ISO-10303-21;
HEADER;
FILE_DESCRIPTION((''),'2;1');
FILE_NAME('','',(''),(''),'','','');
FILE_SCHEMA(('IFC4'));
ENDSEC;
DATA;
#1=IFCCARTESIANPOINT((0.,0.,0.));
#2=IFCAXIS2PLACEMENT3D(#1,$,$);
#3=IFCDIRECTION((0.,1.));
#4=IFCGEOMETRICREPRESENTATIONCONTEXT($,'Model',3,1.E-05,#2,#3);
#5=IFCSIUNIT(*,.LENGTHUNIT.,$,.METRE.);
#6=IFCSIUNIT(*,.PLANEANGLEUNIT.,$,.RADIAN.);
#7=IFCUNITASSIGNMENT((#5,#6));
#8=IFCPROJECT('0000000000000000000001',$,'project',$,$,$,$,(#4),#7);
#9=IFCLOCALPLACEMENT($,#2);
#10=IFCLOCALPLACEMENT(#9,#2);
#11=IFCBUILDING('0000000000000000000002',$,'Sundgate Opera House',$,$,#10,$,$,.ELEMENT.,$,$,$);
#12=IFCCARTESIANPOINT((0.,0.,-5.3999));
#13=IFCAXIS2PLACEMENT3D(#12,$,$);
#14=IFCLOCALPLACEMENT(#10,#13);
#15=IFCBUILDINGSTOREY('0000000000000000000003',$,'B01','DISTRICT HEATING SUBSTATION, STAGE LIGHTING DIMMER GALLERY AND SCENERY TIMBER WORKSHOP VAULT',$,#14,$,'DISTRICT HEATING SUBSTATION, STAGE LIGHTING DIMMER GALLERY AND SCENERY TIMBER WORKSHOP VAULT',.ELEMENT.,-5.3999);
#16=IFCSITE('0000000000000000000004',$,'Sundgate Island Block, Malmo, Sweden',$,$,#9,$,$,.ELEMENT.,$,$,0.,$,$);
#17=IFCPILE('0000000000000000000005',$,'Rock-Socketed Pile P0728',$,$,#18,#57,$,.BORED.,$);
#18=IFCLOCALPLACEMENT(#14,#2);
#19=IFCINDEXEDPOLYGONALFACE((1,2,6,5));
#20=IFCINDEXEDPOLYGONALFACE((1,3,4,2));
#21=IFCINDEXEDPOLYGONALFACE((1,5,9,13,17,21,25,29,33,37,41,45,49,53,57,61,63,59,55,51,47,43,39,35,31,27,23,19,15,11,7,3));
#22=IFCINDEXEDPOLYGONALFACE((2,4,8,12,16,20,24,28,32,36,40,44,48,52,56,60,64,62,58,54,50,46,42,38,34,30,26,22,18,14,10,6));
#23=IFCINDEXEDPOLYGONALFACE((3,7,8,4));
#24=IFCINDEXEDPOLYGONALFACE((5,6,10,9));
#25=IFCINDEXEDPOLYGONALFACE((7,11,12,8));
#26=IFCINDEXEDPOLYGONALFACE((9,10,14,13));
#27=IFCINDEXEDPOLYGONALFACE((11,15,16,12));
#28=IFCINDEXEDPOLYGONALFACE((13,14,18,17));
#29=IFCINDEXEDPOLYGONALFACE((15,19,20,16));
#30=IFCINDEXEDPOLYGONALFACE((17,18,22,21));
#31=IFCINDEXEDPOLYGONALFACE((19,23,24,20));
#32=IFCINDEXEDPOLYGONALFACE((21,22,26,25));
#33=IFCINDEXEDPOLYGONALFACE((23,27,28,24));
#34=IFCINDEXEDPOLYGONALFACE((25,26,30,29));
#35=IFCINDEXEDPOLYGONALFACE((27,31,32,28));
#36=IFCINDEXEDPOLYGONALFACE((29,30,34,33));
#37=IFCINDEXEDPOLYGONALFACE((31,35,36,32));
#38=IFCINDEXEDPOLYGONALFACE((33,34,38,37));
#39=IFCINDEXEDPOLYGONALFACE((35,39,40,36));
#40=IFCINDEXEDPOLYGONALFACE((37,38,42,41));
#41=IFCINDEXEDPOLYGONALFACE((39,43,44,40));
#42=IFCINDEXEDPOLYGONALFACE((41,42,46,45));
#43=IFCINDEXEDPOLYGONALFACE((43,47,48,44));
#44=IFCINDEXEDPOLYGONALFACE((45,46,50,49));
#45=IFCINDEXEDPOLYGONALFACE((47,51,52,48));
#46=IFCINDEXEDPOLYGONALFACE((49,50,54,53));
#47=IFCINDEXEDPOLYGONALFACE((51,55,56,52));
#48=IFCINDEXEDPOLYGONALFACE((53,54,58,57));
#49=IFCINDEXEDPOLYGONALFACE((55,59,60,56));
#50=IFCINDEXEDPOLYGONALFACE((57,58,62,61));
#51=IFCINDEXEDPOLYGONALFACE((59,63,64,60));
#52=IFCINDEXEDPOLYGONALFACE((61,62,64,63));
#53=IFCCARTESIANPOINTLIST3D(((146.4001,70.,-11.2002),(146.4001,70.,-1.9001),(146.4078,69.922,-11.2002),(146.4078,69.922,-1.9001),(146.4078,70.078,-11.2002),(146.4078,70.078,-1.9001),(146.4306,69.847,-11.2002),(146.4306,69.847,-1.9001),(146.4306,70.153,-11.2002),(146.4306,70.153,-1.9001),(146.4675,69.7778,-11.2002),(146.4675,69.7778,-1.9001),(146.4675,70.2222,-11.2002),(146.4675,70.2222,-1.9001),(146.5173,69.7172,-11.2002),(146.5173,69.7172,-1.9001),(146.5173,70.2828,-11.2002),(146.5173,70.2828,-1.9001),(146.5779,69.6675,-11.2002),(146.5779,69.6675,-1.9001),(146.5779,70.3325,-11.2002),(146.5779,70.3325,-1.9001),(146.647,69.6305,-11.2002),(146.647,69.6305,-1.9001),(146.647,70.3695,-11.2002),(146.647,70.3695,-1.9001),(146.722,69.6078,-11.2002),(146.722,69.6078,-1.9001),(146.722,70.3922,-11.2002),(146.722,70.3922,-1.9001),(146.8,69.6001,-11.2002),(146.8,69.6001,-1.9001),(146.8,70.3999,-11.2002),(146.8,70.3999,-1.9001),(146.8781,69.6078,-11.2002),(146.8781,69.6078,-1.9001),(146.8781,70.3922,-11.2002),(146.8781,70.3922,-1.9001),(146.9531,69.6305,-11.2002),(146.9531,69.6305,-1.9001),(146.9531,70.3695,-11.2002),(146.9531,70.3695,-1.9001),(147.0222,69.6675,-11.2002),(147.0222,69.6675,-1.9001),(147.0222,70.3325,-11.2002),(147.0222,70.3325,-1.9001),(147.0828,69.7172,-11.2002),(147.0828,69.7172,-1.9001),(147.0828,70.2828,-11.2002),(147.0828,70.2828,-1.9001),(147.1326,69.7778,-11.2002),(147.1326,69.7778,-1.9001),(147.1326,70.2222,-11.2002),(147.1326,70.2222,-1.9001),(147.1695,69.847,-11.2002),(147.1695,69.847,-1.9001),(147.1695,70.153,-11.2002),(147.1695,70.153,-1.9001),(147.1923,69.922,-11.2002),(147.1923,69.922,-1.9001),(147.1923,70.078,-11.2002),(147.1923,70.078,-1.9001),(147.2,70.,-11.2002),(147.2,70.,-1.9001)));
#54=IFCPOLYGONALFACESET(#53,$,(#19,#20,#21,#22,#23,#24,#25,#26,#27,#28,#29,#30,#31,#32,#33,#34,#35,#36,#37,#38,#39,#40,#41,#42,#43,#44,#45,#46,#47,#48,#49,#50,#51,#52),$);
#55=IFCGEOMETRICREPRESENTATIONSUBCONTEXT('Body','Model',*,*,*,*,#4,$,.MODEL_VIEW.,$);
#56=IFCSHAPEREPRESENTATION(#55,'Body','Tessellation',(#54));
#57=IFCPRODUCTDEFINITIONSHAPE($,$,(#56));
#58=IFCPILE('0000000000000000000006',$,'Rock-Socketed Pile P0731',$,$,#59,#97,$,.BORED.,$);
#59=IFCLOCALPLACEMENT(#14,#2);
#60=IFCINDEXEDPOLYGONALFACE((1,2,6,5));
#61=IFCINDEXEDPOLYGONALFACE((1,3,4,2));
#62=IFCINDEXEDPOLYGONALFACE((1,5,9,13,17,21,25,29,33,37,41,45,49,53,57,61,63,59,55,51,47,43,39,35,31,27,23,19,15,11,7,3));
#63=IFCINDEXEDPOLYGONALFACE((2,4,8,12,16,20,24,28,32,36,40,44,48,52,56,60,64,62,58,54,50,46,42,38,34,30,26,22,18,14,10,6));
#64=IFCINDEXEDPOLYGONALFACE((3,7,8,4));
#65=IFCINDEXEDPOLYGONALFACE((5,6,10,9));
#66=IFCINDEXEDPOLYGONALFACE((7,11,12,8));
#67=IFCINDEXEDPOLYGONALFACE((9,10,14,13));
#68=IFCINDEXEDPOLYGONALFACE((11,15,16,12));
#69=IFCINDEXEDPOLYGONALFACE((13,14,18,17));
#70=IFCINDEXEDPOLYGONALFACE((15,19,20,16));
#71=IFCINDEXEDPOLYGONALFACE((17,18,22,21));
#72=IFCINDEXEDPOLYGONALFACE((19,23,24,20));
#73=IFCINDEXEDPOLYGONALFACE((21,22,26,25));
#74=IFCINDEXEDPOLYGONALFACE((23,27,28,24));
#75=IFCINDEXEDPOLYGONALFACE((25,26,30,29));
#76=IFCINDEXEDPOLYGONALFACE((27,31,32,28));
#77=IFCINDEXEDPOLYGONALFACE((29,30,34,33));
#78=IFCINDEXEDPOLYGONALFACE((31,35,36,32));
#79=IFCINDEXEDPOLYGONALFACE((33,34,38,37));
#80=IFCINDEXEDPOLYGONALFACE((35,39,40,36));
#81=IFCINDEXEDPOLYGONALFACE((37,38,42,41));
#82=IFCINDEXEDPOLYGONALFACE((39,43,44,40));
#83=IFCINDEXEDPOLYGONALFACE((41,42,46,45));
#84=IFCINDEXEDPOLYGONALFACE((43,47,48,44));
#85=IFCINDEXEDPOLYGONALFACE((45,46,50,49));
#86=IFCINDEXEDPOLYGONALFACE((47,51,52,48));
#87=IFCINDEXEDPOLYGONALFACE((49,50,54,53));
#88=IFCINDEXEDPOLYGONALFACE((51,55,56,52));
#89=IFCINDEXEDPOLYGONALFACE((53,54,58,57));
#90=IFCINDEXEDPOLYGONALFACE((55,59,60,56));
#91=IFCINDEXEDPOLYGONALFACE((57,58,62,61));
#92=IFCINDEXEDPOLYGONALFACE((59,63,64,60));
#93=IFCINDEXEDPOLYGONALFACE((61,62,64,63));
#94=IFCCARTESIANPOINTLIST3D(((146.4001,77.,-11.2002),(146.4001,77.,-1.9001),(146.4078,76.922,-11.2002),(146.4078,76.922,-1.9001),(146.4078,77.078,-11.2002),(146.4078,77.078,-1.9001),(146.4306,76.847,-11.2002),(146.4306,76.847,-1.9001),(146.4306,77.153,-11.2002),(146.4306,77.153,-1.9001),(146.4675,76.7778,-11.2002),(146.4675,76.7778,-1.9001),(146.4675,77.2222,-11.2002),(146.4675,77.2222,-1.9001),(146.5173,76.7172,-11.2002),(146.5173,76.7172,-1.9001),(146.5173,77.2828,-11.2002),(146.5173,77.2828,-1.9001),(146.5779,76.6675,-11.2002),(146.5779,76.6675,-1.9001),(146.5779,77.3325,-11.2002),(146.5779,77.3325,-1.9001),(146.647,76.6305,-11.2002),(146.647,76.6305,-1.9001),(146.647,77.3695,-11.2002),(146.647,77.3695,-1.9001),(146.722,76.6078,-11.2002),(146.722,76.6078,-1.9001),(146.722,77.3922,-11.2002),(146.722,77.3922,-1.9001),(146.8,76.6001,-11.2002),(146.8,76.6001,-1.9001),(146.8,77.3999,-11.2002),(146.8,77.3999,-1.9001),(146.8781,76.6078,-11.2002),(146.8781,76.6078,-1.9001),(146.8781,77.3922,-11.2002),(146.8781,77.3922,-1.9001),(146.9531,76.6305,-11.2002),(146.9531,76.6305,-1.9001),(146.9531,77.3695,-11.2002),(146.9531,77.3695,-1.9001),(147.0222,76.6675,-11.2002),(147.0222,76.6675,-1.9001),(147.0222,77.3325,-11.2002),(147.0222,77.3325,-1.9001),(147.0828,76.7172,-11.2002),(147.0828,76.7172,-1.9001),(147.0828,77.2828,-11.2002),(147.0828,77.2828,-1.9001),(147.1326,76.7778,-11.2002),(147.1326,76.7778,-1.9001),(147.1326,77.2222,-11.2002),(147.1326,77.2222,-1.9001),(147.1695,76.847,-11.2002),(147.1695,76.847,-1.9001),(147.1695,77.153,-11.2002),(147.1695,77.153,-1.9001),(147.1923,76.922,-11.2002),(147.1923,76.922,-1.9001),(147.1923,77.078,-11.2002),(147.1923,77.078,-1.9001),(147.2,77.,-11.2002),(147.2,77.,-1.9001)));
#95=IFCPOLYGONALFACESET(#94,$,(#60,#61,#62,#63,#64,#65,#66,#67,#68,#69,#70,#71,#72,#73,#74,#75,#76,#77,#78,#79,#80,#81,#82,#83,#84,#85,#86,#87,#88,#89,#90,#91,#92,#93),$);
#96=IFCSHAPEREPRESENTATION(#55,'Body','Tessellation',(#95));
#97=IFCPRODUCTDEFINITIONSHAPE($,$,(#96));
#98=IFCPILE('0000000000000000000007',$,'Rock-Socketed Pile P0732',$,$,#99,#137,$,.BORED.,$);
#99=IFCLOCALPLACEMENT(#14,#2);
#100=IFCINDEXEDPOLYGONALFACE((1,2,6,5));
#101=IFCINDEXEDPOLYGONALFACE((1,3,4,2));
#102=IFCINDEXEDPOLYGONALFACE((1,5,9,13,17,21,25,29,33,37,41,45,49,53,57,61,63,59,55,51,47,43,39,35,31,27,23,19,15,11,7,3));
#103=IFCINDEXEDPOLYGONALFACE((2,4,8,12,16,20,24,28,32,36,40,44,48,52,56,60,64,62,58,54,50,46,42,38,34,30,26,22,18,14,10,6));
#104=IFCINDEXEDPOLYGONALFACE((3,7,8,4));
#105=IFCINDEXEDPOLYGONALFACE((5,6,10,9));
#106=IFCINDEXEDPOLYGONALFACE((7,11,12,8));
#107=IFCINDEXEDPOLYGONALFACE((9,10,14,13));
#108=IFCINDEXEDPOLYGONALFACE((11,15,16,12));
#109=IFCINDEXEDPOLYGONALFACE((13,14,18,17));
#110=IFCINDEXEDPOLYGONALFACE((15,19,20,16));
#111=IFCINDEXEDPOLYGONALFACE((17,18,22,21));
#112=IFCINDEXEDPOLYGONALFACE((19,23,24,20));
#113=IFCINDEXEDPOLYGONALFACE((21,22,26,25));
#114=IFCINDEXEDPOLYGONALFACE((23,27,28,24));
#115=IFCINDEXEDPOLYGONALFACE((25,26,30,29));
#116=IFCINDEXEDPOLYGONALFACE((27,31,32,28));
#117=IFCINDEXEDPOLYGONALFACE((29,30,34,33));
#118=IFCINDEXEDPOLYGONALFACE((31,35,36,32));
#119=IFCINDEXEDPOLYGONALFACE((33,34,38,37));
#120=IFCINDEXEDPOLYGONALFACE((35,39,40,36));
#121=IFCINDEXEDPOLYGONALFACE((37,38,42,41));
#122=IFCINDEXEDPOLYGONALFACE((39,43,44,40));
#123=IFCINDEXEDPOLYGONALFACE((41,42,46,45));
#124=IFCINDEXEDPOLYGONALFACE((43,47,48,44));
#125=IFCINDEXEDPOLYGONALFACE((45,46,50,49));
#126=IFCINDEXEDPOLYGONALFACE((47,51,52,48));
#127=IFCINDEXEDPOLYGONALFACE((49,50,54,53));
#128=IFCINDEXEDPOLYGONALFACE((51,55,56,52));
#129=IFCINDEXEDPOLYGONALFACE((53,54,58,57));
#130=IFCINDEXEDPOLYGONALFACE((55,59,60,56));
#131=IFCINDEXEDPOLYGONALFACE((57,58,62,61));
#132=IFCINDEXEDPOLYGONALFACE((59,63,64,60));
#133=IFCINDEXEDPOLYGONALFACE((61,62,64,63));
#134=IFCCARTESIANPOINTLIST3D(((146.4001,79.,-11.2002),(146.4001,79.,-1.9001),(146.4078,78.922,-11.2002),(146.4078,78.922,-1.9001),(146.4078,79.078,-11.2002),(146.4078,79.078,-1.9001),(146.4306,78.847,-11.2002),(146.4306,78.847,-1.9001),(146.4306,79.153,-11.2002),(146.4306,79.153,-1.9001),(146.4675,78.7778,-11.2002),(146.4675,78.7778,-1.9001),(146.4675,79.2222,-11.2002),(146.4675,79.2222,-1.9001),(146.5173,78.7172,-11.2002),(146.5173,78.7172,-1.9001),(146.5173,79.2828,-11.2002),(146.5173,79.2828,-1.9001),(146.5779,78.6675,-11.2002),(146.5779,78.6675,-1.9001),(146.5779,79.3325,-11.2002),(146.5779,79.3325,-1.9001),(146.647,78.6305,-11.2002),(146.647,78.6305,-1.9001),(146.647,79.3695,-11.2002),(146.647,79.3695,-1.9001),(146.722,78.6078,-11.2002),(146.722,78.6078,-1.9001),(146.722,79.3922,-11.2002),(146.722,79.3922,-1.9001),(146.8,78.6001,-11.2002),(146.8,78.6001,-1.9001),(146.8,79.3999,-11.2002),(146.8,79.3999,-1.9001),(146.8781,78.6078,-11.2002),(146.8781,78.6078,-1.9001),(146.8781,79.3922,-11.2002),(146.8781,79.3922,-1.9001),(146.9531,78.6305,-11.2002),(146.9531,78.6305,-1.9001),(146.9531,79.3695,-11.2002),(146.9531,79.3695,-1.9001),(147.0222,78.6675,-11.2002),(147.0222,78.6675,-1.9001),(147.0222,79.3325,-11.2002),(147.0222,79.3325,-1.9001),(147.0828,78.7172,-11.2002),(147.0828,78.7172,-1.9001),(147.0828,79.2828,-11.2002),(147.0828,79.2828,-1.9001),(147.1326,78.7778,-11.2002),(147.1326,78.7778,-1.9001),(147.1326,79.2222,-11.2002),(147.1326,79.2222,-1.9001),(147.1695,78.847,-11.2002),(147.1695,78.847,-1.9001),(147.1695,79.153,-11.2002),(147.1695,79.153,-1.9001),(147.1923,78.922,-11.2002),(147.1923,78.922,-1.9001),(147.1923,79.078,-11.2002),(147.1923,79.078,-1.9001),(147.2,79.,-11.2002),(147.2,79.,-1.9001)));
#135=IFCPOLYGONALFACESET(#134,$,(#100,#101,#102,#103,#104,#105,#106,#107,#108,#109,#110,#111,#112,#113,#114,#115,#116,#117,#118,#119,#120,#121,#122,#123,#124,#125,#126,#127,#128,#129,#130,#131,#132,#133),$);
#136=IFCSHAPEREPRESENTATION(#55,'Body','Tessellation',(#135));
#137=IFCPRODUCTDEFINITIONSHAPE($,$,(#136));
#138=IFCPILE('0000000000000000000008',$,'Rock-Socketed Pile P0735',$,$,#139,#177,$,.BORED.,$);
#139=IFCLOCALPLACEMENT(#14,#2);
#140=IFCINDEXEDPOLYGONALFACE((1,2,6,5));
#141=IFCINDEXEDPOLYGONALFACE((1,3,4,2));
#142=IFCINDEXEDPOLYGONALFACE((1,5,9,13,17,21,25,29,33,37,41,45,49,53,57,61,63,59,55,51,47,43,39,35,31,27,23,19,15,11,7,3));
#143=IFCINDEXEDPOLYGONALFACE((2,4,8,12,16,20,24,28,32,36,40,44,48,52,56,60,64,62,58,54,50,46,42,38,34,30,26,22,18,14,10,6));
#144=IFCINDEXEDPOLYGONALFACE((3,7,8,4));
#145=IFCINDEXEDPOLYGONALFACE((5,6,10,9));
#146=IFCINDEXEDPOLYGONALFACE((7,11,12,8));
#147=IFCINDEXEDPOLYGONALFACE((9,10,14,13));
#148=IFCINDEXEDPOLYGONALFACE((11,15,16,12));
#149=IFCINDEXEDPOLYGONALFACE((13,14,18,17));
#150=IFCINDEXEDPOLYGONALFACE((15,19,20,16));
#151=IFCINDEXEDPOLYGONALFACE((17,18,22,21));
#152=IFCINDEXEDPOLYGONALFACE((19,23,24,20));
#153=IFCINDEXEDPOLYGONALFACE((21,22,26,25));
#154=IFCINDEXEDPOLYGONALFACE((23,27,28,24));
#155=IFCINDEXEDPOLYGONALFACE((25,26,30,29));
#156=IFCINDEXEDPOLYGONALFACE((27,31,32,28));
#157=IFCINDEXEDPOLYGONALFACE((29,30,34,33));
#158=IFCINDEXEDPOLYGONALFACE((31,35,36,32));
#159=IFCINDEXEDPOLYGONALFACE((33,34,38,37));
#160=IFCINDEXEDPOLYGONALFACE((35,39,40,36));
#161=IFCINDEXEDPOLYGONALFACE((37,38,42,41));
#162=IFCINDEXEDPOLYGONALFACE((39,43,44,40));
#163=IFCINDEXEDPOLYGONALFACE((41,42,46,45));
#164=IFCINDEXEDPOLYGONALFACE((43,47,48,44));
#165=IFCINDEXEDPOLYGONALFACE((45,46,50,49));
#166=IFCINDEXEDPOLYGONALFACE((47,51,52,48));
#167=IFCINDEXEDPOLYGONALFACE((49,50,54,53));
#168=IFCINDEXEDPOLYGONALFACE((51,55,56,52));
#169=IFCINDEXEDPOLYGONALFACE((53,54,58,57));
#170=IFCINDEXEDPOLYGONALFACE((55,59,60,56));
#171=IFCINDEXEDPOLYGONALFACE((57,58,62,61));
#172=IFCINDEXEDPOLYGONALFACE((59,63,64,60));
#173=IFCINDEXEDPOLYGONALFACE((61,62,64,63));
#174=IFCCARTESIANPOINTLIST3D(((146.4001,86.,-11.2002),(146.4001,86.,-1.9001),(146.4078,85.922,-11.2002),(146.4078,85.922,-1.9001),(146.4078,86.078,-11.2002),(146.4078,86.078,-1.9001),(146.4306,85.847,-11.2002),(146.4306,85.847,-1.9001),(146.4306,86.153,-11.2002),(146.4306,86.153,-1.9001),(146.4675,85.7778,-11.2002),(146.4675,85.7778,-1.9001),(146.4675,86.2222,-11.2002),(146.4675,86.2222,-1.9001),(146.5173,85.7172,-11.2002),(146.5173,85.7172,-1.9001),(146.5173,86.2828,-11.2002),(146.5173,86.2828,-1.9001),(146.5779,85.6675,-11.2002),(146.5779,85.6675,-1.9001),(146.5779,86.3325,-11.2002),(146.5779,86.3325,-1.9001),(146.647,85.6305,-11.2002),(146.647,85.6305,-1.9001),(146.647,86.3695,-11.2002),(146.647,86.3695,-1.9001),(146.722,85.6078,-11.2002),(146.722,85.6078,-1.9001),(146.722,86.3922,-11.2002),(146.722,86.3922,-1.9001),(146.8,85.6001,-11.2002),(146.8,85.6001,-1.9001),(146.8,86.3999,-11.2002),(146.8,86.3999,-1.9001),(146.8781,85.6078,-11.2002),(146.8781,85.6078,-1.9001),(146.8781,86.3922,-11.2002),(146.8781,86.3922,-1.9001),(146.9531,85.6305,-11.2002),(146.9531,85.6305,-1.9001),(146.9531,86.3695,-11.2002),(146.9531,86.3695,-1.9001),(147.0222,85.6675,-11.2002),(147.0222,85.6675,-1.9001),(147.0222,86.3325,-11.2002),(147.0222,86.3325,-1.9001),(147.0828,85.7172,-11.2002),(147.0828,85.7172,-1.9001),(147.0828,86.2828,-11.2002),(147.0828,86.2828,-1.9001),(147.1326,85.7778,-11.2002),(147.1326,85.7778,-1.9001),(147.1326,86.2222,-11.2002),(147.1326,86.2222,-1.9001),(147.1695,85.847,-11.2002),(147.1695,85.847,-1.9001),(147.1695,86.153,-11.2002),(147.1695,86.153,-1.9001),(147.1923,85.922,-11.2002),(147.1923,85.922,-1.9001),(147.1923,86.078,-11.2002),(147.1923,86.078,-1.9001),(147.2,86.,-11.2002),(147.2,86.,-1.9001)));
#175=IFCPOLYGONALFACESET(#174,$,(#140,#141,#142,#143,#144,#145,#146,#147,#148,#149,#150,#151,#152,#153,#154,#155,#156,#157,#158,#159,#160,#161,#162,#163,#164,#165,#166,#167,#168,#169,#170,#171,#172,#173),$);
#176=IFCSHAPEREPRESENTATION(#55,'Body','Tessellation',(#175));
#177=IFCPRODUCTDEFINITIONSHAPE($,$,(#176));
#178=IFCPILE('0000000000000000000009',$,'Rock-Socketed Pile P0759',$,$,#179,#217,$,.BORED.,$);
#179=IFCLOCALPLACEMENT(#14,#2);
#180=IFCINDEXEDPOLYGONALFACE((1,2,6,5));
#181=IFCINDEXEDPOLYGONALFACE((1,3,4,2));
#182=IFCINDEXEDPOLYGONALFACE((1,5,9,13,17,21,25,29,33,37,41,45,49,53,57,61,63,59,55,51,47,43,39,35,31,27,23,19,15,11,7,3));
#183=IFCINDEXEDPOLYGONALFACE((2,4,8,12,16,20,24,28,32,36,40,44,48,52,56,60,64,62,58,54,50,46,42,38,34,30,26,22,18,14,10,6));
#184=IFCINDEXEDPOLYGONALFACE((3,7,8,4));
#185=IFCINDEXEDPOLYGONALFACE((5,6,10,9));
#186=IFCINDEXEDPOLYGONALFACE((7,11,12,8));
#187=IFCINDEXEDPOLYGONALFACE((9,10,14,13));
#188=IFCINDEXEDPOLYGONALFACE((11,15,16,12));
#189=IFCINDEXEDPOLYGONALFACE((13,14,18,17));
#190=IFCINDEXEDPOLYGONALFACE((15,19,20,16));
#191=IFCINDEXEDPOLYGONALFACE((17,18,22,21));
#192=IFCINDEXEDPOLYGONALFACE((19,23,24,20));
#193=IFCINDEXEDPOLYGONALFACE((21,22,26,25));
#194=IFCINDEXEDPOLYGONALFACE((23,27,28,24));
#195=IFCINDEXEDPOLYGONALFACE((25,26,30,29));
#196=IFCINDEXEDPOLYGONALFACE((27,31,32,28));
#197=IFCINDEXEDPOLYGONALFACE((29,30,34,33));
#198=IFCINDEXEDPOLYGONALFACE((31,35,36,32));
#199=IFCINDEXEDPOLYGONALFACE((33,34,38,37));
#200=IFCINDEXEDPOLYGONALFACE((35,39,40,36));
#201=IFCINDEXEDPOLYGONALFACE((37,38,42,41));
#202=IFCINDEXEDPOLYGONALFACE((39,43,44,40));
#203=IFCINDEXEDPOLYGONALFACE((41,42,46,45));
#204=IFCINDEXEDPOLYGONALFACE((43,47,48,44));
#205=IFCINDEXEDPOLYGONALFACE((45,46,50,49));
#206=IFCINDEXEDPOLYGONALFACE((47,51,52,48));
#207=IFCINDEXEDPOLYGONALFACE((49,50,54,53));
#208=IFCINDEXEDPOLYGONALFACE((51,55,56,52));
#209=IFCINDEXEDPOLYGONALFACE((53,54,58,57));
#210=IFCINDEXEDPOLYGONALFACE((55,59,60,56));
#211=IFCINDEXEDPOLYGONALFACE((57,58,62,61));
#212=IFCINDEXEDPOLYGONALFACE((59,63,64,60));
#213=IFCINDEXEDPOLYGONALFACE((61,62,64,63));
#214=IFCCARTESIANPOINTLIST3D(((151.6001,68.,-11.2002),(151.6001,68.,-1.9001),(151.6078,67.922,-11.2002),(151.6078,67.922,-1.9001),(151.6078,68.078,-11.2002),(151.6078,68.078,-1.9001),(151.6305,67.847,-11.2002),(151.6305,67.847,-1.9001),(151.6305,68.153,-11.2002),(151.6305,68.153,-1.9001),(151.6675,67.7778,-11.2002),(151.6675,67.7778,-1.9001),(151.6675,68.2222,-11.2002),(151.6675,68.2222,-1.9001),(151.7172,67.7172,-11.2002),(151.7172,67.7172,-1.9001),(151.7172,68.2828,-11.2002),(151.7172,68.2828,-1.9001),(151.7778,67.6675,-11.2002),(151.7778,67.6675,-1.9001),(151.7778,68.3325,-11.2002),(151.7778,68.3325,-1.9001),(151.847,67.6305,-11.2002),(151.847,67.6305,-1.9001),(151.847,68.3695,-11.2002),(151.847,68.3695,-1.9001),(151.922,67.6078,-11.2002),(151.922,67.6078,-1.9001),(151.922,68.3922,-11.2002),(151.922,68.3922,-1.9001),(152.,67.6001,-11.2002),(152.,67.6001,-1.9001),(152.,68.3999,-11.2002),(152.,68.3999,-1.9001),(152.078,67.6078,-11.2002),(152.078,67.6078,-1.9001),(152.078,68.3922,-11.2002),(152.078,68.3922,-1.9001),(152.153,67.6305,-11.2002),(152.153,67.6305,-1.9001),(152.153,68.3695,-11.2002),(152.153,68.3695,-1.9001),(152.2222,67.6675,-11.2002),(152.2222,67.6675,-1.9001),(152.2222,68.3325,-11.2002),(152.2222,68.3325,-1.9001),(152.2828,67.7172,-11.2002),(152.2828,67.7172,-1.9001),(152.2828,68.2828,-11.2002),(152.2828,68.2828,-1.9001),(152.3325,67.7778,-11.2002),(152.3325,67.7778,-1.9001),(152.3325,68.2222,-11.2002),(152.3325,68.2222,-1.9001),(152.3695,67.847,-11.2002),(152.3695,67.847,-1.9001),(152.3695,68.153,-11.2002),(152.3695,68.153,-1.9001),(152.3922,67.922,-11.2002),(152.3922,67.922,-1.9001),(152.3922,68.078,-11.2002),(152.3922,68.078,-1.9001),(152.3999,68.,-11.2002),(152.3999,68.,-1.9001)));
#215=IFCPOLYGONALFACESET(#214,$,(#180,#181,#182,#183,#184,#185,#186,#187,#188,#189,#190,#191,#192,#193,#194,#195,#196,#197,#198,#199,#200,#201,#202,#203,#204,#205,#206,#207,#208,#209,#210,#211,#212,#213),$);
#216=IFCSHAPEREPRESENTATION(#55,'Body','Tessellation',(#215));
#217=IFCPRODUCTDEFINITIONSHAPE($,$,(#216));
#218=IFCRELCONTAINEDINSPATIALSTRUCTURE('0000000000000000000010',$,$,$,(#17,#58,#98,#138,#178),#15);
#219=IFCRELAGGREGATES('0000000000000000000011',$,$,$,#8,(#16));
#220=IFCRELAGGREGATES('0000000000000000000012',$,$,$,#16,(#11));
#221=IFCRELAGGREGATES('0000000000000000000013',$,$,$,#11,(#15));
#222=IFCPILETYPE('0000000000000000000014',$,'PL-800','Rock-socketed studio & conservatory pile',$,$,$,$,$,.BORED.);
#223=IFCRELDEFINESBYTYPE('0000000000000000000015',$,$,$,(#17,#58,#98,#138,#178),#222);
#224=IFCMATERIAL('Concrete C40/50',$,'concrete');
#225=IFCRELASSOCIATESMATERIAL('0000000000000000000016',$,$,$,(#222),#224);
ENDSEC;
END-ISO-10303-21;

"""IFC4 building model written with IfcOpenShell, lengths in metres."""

from ifc_helpers import new_model, si_unit, direction, frame, origin, origin_2d, place, context, subcontext, project, spatial, circle, extrude, material, material_profile, profile_set, type_object, element, save


model = new_model("IFC4")

# Units and contexts
model_context = context("Model", 3, precision=1e-05, world=origin(), true_north=direction((0.0, 1.0)))
body_context = subcontext(model_context, "Body", "Model", "MODEL_VIEW")
ifc_project = project(units=[si_unit("LENGTHUNIT", "METRE"), si_unit("PLANEANGLEUNIT", "RADIAN")], contexts=[model_context])

# Site, building, storey
site_placement = place(None, origin())
site = spatial("IfcSite", under=ifc_project, at=site_placement, Name="Sundgate Island Block, Malmo, Sweden", CompositionType="ELEMENT", RefElevation=0.0)
building_placement = place(site_placement, origin())
building = spatial("IfcBuilding", under=site, at=building_placement, Name="Sundgate Opera House", CompositionType="ELEMENT")
storey_placement = place(building_placement, frame((0.0, 0.0, -5.3999)))
storey = spatial("IfcBuildingStorey", under=building, at=storey_placement, Name="B01", Description="DISTRICT HEATING SUBSTATION, STAGE LIGHTING DIMMER GALLERY AND SCENERY TIMBER WORKSHOP VAULT", LongName="DISTRICT HEATING SUBSTATION, STAGE LIGHTING DIMMER GALLERY AND SCENERY TIMBER WORKSHOP VAULT", CompositionType="ELEMENT", Elevation=-5.3999)

# Piles
ifc_material_1 = material(Name="Concrete C40/50", Category="concrete")
ifc_material_profile_1 = material_profile(ifc_material_1, circle(Radius=0.3999, at=origin_2d()), Name="PILE D800")
ifc_profile_set_1 = profile_set([ifc_material_profile_1], Name="Concrete C40/50")
pile_type = type_object("IfcPileType", Name="PL-800", Description="Rock-socketed studio & conservatory pile", PredefinedType="BORED", material=ifc_profile_set_1)
for number, where, z_axis, x_axis, name in (
    (1, (146.8, 70.0, -1.9001), (0.0, 0.0, -1.0), (1.0, 0.0, 0.0), "Rock-Socketed Pile P0728"),
    (2, (146.8, 77.0, -1.9001), (0.0, 0.0, -1.0), (1.0, 0.0, 0.0), "Rock-Socketed Pile P0731"),
    (3, (146.8, 79.0, -1.9001), (0.0, 0.0, -1.0), (1.0, 0.0, 0.0), "Rock-Socketed Pile P0732"),
    (4, (146.8, 86.0, -1.9001), (0.0, 0.0, -1.0), (1.0, 0.0, 0.0), "Rock-Socketed Pile P0735"),
    (5, (152.0, 68.0, -1.9001), (0.0, 0.0, -1.0), (1.0, 0.0, 0.0), "Rock-Socketed Pile P0759"),
):
    element("IfcPile", number, at=place(storey_placement, frame(where, z_axis=z_axis, x_axis=x_axis)), inside=storey, type_object=pile_type, Name=name, PredefinedType="BORED", context=body_context, shape_type="SweptSolid", body=[
        extrude(circle(Radius=0.3999, at=origin_2d()), origin(), (0.0, 0.0, 1.0), 9.3),
    ])

save(model, "model.ifc")
